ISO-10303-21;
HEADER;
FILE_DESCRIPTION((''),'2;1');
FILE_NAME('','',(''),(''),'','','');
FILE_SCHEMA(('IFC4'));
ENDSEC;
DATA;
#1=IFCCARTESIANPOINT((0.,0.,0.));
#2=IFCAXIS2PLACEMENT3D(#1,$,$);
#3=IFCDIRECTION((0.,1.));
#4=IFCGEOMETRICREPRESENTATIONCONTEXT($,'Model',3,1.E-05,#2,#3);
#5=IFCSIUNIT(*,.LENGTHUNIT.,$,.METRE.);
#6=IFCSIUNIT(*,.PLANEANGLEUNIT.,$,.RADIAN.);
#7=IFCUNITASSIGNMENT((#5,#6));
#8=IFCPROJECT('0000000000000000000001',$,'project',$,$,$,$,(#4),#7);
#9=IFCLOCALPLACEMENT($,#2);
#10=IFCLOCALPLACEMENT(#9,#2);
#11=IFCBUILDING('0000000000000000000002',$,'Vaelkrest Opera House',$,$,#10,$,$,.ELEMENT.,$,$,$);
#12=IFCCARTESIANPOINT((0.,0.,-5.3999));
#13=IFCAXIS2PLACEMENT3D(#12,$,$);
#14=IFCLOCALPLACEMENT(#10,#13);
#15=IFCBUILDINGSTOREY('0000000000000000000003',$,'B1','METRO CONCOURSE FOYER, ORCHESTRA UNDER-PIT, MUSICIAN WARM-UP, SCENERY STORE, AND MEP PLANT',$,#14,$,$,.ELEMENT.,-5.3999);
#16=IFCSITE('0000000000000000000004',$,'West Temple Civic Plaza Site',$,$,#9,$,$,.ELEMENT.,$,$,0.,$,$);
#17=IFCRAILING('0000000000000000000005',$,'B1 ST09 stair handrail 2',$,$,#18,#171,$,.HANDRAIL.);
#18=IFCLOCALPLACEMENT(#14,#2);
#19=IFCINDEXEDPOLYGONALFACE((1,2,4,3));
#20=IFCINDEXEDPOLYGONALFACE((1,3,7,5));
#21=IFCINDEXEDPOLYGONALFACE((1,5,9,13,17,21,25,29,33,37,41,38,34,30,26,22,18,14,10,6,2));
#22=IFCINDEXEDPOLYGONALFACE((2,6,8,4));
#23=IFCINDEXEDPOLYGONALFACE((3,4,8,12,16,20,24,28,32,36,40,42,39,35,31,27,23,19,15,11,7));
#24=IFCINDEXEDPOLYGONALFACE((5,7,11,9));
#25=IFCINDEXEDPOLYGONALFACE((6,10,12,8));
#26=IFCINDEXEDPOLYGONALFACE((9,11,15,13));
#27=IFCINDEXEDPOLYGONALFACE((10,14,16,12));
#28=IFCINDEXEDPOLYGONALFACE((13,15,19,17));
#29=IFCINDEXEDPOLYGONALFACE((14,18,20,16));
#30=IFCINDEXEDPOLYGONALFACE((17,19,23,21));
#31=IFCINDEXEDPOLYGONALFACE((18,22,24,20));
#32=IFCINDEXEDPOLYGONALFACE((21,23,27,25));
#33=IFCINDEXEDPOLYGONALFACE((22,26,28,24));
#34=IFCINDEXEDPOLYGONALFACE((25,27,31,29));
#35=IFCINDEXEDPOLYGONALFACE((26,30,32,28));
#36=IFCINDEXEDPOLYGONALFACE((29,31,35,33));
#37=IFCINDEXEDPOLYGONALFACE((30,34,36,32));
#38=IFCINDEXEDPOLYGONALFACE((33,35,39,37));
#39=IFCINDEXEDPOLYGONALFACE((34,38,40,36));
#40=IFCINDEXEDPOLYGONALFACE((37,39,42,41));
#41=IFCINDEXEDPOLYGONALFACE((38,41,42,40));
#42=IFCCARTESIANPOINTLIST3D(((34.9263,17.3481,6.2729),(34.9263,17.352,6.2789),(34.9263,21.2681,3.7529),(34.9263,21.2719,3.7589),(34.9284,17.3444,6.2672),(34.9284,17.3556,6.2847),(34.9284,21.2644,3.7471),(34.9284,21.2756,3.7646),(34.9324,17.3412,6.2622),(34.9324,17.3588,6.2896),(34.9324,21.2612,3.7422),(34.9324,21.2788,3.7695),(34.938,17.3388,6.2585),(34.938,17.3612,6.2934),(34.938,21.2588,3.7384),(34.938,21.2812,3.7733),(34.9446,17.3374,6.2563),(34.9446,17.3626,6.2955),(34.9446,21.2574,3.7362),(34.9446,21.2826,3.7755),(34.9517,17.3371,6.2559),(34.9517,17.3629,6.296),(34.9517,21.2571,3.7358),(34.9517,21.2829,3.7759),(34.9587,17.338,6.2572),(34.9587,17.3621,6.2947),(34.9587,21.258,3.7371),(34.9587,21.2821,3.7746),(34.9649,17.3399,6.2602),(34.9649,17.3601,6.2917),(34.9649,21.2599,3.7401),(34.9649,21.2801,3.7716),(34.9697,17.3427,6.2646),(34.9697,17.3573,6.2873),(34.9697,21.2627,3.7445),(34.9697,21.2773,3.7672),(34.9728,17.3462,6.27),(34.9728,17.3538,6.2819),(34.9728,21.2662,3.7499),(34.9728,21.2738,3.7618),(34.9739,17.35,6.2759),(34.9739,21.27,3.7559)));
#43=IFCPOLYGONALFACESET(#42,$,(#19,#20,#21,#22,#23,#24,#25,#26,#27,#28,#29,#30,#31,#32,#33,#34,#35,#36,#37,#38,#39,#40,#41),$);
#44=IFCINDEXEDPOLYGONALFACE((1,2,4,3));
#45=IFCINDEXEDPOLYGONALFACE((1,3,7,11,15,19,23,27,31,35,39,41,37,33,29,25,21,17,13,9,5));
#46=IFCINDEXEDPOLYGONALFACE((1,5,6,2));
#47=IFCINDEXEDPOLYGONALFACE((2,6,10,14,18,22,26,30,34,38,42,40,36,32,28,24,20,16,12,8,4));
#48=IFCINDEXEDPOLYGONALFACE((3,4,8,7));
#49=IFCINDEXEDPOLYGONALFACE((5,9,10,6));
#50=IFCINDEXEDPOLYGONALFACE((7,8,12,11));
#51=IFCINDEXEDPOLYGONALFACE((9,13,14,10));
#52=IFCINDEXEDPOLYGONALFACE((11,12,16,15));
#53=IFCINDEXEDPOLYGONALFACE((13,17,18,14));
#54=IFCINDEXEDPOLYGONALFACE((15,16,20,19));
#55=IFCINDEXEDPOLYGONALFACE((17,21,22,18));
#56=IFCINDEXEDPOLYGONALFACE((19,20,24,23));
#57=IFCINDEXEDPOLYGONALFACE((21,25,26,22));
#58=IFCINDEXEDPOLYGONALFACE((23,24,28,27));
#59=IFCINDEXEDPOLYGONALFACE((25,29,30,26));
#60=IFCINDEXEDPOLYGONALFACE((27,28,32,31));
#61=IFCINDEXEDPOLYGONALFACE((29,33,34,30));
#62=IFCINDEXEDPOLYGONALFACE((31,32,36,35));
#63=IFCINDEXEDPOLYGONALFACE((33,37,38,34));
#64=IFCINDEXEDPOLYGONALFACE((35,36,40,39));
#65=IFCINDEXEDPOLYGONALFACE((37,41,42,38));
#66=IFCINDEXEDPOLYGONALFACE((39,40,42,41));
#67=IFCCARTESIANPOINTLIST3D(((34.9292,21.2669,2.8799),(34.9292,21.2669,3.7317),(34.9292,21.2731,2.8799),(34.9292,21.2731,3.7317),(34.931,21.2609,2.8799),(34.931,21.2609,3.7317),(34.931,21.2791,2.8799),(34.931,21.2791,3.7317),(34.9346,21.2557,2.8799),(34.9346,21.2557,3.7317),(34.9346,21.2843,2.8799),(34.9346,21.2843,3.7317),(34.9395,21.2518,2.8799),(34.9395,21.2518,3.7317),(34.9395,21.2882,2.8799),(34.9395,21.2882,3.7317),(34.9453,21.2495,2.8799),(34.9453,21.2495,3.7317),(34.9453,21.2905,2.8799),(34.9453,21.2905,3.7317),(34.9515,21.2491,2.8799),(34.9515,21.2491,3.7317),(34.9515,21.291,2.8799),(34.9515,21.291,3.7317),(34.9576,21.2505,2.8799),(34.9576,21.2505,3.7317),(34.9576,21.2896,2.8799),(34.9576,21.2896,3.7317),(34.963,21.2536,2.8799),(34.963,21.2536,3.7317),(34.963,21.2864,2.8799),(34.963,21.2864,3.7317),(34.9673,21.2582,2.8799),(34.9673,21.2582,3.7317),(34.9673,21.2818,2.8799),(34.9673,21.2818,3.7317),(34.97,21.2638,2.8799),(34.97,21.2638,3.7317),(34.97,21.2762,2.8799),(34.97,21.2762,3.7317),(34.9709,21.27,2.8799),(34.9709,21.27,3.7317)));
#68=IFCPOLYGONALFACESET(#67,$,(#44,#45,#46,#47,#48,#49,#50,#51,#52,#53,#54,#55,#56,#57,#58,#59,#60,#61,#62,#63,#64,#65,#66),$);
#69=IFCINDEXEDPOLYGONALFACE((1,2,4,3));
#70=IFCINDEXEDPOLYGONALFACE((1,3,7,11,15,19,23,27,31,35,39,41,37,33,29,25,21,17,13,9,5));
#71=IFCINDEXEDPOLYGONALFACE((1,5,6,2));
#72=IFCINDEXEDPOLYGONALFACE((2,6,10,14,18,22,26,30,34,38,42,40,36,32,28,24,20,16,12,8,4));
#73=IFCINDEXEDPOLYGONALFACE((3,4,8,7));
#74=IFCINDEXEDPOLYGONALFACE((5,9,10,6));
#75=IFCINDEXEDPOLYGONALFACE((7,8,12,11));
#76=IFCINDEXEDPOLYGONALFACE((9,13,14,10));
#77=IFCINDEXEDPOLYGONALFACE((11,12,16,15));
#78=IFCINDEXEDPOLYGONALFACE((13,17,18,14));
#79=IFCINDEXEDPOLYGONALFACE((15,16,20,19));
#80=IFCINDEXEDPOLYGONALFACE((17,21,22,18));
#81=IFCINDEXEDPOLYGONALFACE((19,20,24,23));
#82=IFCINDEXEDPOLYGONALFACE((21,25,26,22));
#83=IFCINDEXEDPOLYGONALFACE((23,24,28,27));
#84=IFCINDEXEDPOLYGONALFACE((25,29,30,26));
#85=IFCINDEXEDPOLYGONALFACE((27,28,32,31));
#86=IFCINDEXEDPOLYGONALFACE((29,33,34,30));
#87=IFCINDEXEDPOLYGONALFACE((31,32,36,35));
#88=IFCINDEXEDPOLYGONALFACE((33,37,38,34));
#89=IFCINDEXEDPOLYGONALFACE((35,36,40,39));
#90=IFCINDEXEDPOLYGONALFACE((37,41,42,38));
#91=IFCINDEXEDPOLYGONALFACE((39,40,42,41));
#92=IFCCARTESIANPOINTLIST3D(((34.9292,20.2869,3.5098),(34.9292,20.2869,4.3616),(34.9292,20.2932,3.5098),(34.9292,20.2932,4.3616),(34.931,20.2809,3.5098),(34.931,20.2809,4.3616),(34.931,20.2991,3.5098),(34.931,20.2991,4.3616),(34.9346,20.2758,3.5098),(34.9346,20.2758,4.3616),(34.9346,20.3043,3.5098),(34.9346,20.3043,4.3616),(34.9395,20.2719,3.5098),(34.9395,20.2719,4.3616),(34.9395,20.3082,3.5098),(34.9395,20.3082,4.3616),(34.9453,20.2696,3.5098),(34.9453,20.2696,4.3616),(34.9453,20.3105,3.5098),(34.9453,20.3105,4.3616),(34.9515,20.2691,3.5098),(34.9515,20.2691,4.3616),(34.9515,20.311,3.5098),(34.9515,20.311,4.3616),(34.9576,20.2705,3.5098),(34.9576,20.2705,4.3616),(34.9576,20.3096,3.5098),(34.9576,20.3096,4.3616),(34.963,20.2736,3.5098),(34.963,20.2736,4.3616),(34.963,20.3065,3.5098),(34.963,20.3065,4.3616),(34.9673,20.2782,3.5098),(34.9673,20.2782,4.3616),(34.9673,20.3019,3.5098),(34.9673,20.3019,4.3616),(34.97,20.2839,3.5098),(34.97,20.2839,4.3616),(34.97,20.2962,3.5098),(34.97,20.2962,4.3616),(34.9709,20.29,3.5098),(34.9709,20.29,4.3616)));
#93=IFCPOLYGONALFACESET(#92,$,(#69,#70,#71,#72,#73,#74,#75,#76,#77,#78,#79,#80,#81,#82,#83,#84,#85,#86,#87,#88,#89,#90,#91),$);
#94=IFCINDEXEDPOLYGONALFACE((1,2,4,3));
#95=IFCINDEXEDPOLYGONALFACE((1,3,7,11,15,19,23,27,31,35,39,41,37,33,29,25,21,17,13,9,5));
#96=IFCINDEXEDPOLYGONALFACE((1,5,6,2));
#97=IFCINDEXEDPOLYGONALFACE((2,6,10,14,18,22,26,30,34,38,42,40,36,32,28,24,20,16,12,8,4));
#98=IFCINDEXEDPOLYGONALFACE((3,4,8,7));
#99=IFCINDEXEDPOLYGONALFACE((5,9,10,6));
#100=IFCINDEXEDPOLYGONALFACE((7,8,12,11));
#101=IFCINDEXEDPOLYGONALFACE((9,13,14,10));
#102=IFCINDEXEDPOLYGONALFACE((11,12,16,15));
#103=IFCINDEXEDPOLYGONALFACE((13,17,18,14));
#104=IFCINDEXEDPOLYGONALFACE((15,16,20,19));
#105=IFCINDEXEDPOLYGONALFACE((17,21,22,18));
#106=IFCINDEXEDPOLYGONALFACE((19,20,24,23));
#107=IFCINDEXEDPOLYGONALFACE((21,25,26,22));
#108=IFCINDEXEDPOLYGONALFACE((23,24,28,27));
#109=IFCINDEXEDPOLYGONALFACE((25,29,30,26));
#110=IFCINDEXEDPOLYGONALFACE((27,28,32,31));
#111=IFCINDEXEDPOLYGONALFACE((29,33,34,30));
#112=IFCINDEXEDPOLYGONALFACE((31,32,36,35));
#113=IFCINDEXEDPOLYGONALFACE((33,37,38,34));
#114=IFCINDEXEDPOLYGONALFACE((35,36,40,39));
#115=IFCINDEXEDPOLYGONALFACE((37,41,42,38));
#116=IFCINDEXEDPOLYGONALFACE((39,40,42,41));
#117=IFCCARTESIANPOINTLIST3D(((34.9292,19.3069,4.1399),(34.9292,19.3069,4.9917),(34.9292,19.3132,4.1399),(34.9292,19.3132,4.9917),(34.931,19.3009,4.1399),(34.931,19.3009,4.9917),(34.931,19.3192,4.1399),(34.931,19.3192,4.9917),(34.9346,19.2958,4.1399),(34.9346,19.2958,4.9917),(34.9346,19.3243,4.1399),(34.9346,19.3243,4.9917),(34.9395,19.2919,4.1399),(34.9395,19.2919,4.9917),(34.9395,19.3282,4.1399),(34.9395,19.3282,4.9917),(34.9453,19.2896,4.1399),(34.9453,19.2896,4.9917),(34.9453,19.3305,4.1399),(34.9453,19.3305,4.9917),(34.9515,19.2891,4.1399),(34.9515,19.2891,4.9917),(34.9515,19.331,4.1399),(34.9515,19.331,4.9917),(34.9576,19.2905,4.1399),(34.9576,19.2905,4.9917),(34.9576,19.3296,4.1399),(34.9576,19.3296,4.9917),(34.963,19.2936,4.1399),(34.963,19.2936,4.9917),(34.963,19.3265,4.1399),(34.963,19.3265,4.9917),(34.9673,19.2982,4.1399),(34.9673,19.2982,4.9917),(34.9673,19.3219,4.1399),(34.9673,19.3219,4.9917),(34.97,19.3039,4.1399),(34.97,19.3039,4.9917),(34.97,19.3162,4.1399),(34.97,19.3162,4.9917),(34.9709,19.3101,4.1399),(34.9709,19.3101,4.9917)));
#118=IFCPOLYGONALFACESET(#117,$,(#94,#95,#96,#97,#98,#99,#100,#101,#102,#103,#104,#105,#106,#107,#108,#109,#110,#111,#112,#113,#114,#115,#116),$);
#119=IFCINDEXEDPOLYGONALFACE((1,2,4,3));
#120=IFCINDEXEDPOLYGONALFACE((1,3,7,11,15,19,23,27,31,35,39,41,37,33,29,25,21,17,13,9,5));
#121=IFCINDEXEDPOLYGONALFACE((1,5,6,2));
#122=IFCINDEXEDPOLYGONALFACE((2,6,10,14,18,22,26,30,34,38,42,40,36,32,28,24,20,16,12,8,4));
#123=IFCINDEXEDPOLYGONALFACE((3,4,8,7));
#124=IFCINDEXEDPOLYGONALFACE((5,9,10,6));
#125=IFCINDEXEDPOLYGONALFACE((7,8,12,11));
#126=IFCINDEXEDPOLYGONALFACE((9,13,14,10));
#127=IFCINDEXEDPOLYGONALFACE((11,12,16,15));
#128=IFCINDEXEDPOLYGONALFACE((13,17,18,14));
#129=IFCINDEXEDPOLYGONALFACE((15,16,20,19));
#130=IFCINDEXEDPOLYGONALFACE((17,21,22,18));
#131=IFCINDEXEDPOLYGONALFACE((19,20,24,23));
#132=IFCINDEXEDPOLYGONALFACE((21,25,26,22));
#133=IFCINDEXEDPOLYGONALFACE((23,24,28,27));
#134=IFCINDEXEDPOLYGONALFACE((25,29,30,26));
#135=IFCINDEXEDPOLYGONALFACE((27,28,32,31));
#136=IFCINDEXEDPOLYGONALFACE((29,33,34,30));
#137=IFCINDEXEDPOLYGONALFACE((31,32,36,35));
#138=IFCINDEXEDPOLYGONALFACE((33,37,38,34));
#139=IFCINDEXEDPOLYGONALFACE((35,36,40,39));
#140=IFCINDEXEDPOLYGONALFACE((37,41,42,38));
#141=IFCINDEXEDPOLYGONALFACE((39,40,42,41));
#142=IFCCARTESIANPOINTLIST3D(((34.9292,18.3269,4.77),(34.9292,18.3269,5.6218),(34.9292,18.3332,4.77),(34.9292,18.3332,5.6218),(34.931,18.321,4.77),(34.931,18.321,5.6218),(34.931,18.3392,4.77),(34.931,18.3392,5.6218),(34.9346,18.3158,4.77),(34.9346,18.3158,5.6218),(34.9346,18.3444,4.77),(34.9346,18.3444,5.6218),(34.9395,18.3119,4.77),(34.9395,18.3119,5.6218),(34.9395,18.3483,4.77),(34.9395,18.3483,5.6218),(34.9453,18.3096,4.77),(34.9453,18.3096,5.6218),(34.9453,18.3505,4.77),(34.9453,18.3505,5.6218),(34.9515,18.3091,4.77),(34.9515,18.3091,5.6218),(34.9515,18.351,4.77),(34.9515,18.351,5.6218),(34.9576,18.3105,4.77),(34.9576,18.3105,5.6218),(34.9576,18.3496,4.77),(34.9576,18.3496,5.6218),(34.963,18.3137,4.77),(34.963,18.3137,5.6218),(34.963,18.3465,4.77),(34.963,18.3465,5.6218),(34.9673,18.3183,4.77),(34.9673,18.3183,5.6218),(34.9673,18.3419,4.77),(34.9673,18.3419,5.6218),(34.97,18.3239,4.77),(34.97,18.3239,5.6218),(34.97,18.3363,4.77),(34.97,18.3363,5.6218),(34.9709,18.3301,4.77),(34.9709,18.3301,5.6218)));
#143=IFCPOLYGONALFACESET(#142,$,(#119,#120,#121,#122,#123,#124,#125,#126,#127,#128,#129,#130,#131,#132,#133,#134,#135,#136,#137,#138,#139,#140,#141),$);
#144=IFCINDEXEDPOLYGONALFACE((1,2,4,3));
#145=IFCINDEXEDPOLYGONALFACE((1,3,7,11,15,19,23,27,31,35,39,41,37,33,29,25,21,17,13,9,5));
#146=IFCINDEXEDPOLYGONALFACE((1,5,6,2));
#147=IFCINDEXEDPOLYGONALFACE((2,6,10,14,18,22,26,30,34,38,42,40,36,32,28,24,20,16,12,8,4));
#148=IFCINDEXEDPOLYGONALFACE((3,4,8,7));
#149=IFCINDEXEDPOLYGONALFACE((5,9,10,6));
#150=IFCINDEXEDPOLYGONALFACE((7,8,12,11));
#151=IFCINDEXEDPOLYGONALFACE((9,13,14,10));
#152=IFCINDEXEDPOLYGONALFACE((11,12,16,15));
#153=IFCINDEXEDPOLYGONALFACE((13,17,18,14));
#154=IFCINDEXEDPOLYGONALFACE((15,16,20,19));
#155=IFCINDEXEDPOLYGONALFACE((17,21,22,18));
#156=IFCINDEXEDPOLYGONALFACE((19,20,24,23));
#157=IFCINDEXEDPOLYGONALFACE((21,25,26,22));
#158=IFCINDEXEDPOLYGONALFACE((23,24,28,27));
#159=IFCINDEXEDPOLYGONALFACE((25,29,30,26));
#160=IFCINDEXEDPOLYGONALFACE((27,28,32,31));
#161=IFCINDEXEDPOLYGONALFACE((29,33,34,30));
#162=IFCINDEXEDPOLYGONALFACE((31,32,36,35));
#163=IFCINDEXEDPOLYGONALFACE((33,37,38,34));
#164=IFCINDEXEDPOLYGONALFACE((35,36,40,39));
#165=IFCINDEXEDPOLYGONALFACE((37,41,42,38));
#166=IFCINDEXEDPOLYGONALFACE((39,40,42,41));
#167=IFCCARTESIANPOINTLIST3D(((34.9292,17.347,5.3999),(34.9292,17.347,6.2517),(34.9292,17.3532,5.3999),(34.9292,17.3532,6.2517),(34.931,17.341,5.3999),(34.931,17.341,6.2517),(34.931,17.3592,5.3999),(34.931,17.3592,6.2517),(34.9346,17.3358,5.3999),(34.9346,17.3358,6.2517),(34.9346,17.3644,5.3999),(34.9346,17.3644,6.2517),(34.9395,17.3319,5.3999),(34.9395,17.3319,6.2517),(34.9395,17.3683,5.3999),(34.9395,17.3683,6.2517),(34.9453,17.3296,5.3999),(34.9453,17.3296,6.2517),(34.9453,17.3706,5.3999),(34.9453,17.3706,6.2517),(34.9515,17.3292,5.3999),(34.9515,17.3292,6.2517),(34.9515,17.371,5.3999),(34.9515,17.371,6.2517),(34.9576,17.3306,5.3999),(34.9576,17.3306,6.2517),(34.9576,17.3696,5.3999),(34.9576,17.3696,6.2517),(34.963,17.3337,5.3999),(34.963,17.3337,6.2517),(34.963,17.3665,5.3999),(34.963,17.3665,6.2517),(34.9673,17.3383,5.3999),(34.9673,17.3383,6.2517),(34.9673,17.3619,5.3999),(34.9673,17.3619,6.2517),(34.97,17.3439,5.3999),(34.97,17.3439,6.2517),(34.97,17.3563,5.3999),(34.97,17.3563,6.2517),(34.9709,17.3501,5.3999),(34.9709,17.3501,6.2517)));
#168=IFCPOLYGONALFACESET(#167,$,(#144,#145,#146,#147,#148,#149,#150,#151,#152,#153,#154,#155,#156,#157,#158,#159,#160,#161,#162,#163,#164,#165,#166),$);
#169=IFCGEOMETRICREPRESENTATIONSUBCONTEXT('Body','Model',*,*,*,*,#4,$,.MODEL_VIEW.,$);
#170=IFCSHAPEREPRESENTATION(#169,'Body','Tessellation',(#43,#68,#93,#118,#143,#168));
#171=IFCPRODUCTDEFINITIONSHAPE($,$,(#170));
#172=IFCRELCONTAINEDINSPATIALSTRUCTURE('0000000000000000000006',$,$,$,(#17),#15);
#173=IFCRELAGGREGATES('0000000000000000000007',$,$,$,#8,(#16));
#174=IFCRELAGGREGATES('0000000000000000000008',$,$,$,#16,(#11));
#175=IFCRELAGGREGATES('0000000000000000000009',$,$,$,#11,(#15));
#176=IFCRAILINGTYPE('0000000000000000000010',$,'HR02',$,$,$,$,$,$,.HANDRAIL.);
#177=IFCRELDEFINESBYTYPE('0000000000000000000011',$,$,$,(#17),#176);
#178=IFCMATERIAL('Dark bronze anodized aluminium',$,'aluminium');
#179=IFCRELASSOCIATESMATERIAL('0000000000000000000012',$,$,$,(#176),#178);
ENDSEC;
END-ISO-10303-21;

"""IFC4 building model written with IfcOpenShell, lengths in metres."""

from ifc_helpers import new_model, si_unit, direction, frame, origin, origin_2d, place, context, subcontext, project, spatial, circle, extrude, material, type_object, element, save


model = new_model("IFC4")

# Units and contexts
model_context = context("Model", 3, precision=1e-05, world=origin(), true_north=direction((0.0, 1.0)))
body_context = subcontext(model_context, "Body", "Model", "MODEL_VIEW")
ifc_project = project(units=[si_unit("LENGTHUNIT", "METRE"), si_unit("PLANEANGLEUNIT", "RADIAN")], contexts=[model_context])

# Site, building, storey
site_placement = place(None, origin())
site = spatial("IfcSite", under=ifc_project, at=site_placement, Name="West Temple Civic Plaza Site", CompositionType="ELEMENT", RefElevation=0.0)
building_placement = place(site_placement, origin())
building = spatial("IfcBuilding", under=site, at=building_placement, Name="Vaelkrest Opera House", CompositionType="ELEMENT")
storey_placement = place(building_placement, frame((0.0, 0.0, -5.3999)))
storey = spatial("IfcBuildingStorey", under=building, at=storey_placement, Name="B1", Description="METRO CONCOURSE FOYER, ORCHESTRA UNDER-PIT, MUSICIAN WARM-UP, SCENERY STORE, AND MEP PLANT", CompositionType="ELEMENT", Elevation=-5.3999)

# Railing
ifc_material_1 = material(Name="Dark bronze anodized aluminium", Category="aluminium")
railing_type_1 = type_object("IfcRailingType", Name="HR02", PredefinedType="HANDRAIL", material=ifc_material_1)
railing_1_placement = place(storey_placement, frame((34.95, 21.27, 2.8799)))
element("IfcRailing", 1, at=railing_1_placement, inside=storey, type_object=railing_type_1, Name="B1 ST09 stair handrail 2", PredefinedType="HANDRAIL", context=body_context, shape_type="SweptSolid", body=[
    extrude(circle(Radius=0.0239, at=origin_2d()), frame((0.0, 0.0, 0.876), z_axis=(0.0, -0.841172, 0.540768), x_axis=(1.0, 0.0, 0.0)), (0.0, 0.0, 1.0), 4.6602),
    extrude(circle(Radius=0.021, at=origin_2d()), origin(), (0.0, 0.0, 1.0), 0.8518),
    extrude(circle(Radius=0.021, at=origin_2d()), frame((0.0, -0.98, 0.6299)), (0.0, 0.0, 1.0), 0.8518),
    extrude(circle(Radius=0.021, at=origin_2d()), frame((0.0, -1.96, 1.26)), (0.0, 0.0, 1.0), 0.8518),
    extrude(circle(Radius=0.021, at=origin_2d()), frame((0.0, -2.9399, 1.8901)), (0.0, 0.0, 1.0), 0.8518),
    extrude(circle(Radius=0.021, at=origin_2d()), frame((0.0, -3.9199, 2.52)), (0.0, 0.0, 1.0), 0.8518),
])

save(model, "model.ifc")
